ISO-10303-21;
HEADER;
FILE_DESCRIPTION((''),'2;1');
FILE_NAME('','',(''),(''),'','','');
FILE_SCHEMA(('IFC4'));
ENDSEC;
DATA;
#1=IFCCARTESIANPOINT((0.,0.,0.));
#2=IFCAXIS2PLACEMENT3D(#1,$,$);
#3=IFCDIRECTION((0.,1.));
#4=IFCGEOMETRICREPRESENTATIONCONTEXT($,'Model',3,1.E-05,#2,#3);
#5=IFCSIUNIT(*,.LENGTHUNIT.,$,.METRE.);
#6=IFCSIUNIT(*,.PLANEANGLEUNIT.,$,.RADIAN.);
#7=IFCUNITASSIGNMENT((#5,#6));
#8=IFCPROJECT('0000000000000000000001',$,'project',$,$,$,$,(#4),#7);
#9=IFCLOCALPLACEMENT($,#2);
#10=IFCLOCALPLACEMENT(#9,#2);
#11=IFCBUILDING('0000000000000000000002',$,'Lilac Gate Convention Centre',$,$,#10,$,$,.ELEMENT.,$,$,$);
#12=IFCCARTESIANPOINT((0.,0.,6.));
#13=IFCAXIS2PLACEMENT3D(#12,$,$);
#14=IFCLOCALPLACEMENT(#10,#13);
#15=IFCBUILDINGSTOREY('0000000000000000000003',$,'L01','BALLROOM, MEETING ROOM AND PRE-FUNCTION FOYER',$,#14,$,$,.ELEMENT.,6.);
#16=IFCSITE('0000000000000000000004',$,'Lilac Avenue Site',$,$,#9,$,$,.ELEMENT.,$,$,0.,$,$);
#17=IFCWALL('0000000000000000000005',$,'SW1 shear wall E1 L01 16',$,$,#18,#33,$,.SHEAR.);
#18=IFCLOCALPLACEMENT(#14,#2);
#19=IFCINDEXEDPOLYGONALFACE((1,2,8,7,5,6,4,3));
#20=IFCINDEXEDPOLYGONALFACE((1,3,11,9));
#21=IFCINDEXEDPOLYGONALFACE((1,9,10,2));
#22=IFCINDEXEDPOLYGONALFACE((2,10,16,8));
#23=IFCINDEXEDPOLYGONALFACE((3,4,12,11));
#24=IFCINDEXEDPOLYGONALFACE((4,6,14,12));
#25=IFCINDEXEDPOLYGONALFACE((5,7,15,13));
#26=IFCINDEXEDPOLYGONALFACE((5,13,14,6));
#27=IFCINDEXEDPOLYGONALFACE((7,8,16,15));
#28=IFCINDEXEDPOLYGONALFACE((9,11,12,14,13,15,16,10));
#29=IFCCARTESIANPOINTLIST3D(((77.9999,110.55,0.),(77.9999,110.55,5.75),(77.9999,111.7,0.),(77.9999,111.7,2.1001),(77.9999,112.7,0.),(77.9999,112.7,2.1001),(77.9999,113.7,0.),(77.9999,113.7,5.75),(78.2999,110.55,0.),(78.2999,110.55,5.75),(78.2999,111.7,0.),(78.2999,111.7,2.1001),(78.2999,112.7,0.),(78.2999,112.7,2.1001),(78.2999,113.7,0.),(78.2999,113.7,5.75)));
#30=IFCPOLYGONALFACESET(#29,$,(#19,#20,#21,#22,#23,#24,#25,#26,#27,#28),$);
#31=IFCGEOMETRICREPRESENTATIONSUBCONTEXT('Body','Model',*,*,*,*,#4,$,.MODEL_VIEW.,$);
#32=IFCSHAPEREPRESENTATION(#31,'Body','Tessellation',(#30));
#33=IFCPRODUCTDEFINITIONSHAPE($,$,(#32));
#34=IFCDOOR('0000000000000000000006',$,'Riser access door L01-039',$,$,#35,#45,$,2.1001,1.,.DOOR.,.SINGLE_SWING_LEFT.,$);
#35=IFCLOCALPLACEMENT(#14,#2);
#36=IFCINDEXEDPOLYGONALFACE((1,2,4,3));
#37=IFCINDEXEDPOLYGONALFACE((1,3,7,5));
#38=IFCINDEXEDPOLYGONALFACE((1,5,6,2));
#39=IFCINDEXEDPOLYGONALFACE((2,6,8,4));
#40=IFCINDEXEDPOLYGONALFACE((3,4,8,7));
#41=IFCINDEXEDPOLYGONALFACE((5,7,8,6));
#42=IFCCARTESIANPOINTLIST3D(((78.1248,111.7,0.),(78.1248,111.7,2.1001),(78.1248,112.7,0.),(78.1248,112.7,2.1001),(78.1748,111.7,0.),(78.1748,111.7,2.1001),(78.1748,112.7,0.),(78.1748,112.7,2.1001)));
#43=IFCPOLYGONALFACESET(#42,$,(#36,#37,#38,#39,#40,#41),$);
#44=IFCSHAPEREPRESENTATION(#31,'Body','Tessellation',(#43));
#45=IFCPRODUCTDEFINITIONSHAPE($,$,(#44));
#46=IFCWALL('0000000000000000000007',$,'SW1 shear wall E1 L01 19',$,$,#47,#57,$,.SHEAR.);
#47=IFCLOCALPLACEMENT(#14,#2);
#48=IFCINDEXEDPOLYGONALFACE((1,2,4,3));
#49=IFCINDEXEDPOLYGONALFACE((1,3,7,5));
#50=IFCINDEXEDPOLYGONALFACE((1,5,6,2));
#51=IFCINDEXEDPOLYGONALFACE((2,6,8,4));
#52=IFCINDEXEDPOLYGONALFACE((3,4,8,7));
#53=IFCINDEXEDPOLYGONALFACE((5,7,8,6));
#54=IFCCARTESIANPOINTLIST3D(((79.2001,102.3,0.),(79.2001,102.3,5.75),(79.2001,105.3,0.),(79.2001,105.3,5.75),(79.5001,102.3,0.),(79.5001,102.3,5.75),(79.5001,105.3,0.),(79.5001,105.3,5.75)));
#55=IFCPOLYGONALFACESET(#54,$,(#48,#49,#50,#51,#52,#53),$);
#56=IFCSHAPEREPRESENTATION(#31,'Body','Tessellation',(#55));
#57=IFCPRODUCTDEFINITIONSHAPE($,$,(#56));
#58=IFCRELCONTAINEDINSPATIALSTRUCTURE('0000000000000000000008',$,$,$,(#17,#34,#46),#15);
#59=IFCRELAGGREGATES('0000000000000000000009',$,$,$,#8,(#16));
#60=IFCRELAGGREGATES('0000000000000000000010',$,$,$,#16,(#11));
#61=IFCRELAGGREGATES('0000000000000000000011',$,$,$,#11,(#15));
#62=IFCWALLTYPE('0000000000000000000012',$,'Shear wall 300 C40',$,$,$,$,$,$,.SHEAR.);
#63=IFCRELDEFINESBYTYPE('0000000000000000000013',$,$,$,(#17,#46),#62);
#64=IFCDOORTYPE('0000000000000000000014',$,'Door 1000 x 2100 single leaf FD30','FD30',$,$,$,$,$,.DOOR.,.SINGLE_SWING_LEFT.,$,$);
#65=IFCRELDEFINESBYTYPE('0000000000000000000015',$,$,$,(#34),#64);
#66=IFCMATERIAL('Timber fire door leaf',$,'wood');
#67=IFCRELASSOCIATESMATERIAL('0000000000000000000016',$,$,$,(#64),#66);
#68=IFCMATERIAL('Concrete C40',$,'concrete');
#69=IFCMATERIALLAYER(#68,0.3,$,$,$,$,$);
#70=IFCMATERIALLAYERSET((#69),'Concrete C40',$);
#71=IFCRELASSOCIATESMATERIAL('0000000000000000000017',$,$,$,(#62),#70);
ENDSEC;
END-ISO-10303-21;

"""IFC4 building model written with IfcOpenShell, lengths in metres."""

from ifc_helpers import new_model, si_unit, direction, frame, frame_2d, origin, place, context, subcontext, project, spatial, rectangle, extrude, material, layer, layer_set, type_object, element, fill, save


model = new_model("IFC4")

# Units and contexts
model_context = context("Model", 3, precision=1e-05, world=origin(), true_north=direction((0.0, 1.0)))
body_context = subcontext(model_context, "Body", "Model", "MODEL_VIEW")
ifc_project = project(units=[si_unit("LENGTHUNIT", "METRE"), si_unit("PLANEANGLEUNIT", "RADIAN")], contexts=[model_context])

# Site, building, storey
site_placement = place(None, origin())
site = spatial("IfcSite", under=ifc_project, at=site_placement, Name="Lilac Avenue Site", CompositionType="ELEMENT", RefElevation=0.0)
building_placement = place(site_placement, origin())
building = spatial("IfcBuilding", under=site, at=building_placement, Name="Lilac Gate Convention Centre", CompositionType="ELEMENT")
storey_placement = place(building_placement, frame((0.0, 0.0, 6.0)))
storey = spatial("IfcBuildingStorey", under=building, at=storey_placement, Name="L01", Description="BALLROOM, MEETING ROOM AND PRE-FUNCTION FOYER", CompositionType="ELEMENT", Elevation=6.0)

# Shared definitions
ifc_material_1 = material(Name="Concrete C40", Category="concrete")

# Shared definitions
ifc_material_2 = material(Name="Timber fire door leaf", Category="wood")
door_type_1 = type_object("IfcDoorType", Name="Door 1000 x 2100 single leaf FD30", Description="FD30", OperationType="SINGLE_SWING_LEFT", PredefinedType="DOOR", material=ifc_material_2)

# Shared definitions
ifc_layer_1 = layer(ifc_material_1, 0.3)
ifc_layer_set_1 = layer_set([ifc_layer_1], Name="Concrete C40")
wall_type_1 = type_object("IfcWallType", Name="Shear wall 300 C40", PredefinedType="SHEAR", material=ifc_layer_set_1)

# Wall, opening, door
wall_1_placement = place(storey_placement, frame((78.1499, 110.55, 0.0), z_axis=(0.0, 0.0, 1.0), x_axis=(0.0, 1.0, 0.0)))
wall_1 = element("IfcWall", 1, at=wall_1_placement, inside=storey, type_object=wall_type_1, Name="SW1 shear wall E1 L01 16", PredefinedType="SHEAR", context=body_context, shape_type="SweptSolid", body=[
    extrude(rectangle(XDim=3.1499, YDim=0.3, at=frame_2d((1.575, 0.0))), origin(), (0.0, 0.0, 1.0), 5.75),
])
opening_1_placement = place(wall_1_placement, frame((1.1499, 0.0, 0.0)))
opening_1 = element("IfcOpeningElement", 2, at=opening_1_placement, cuts=wall_1, PredefinedType="OPENING", context=body_context, shape_type="SweptSolid", body=[
    extrude(rectangle(XDim=1.0, YDim=2.1001, at=frame_2d((0.5, 1.05))), frame((0.0, 0.1599, 0.0), z_axis=(0.0, -1.0, 0.0), x_axis=(1.0, 0.0, 0.0)), (0.0, 0.0, 1.0), 0.3201),
])
door_1_placement = place(opening_1_placement, frame((1.0, 0.0, 0.0), z_axis=(0.0, 0.0, 1.0), x_axis=(-1.0, 0.0, 0.0)))
door_1 = element("IfcDoor", 3, at=door_1_placement, inside=storey, type_object=door_type_1, Name="Riser access door L01-039", OperationType="SINGLE_SWING_LEFT", OverallHeight=2.1001, OverallWidth=1.0, PredefinedType="DOOR", context=body_context, shape_type="SweptSolid", body=[
    extrude(rectangle(XDim=1.0, YDim=2.1001, at=frame_2d((0.5, 1.05))), frame((0.0, 0.0249, 0.0), z_axis=(0.0, -1.0, 0.0), x_axis=(1.0, 0.0, 0.0)), (0.0, 0.0, 1.0), 0.05),
])
fill(opening_1, door_1)

# Wall
wall_2_placement = place(storey_placement, frame((79.3501, 102.3, 0.0), z_axis=(0.0, 0.0, 1.0), x_axis=(0.0, 1.0, 0.0)))
element("IfcWall", 4, at=wall_2_placement, inside=storey, type_object=wall_type_1, Name="SW1 shear wall E1 L01 19", PredefinedType="SHEAR", context=body_context, shape_type="SweptSolid", body=[
    extrude(rectangle(XDim=3.0, YDim=0.3, at=frame_2d((1.5, 0.0))), origin(), (0.0, 0.0, 1.0), 5.75),
])

save(model, "model.ifc")
